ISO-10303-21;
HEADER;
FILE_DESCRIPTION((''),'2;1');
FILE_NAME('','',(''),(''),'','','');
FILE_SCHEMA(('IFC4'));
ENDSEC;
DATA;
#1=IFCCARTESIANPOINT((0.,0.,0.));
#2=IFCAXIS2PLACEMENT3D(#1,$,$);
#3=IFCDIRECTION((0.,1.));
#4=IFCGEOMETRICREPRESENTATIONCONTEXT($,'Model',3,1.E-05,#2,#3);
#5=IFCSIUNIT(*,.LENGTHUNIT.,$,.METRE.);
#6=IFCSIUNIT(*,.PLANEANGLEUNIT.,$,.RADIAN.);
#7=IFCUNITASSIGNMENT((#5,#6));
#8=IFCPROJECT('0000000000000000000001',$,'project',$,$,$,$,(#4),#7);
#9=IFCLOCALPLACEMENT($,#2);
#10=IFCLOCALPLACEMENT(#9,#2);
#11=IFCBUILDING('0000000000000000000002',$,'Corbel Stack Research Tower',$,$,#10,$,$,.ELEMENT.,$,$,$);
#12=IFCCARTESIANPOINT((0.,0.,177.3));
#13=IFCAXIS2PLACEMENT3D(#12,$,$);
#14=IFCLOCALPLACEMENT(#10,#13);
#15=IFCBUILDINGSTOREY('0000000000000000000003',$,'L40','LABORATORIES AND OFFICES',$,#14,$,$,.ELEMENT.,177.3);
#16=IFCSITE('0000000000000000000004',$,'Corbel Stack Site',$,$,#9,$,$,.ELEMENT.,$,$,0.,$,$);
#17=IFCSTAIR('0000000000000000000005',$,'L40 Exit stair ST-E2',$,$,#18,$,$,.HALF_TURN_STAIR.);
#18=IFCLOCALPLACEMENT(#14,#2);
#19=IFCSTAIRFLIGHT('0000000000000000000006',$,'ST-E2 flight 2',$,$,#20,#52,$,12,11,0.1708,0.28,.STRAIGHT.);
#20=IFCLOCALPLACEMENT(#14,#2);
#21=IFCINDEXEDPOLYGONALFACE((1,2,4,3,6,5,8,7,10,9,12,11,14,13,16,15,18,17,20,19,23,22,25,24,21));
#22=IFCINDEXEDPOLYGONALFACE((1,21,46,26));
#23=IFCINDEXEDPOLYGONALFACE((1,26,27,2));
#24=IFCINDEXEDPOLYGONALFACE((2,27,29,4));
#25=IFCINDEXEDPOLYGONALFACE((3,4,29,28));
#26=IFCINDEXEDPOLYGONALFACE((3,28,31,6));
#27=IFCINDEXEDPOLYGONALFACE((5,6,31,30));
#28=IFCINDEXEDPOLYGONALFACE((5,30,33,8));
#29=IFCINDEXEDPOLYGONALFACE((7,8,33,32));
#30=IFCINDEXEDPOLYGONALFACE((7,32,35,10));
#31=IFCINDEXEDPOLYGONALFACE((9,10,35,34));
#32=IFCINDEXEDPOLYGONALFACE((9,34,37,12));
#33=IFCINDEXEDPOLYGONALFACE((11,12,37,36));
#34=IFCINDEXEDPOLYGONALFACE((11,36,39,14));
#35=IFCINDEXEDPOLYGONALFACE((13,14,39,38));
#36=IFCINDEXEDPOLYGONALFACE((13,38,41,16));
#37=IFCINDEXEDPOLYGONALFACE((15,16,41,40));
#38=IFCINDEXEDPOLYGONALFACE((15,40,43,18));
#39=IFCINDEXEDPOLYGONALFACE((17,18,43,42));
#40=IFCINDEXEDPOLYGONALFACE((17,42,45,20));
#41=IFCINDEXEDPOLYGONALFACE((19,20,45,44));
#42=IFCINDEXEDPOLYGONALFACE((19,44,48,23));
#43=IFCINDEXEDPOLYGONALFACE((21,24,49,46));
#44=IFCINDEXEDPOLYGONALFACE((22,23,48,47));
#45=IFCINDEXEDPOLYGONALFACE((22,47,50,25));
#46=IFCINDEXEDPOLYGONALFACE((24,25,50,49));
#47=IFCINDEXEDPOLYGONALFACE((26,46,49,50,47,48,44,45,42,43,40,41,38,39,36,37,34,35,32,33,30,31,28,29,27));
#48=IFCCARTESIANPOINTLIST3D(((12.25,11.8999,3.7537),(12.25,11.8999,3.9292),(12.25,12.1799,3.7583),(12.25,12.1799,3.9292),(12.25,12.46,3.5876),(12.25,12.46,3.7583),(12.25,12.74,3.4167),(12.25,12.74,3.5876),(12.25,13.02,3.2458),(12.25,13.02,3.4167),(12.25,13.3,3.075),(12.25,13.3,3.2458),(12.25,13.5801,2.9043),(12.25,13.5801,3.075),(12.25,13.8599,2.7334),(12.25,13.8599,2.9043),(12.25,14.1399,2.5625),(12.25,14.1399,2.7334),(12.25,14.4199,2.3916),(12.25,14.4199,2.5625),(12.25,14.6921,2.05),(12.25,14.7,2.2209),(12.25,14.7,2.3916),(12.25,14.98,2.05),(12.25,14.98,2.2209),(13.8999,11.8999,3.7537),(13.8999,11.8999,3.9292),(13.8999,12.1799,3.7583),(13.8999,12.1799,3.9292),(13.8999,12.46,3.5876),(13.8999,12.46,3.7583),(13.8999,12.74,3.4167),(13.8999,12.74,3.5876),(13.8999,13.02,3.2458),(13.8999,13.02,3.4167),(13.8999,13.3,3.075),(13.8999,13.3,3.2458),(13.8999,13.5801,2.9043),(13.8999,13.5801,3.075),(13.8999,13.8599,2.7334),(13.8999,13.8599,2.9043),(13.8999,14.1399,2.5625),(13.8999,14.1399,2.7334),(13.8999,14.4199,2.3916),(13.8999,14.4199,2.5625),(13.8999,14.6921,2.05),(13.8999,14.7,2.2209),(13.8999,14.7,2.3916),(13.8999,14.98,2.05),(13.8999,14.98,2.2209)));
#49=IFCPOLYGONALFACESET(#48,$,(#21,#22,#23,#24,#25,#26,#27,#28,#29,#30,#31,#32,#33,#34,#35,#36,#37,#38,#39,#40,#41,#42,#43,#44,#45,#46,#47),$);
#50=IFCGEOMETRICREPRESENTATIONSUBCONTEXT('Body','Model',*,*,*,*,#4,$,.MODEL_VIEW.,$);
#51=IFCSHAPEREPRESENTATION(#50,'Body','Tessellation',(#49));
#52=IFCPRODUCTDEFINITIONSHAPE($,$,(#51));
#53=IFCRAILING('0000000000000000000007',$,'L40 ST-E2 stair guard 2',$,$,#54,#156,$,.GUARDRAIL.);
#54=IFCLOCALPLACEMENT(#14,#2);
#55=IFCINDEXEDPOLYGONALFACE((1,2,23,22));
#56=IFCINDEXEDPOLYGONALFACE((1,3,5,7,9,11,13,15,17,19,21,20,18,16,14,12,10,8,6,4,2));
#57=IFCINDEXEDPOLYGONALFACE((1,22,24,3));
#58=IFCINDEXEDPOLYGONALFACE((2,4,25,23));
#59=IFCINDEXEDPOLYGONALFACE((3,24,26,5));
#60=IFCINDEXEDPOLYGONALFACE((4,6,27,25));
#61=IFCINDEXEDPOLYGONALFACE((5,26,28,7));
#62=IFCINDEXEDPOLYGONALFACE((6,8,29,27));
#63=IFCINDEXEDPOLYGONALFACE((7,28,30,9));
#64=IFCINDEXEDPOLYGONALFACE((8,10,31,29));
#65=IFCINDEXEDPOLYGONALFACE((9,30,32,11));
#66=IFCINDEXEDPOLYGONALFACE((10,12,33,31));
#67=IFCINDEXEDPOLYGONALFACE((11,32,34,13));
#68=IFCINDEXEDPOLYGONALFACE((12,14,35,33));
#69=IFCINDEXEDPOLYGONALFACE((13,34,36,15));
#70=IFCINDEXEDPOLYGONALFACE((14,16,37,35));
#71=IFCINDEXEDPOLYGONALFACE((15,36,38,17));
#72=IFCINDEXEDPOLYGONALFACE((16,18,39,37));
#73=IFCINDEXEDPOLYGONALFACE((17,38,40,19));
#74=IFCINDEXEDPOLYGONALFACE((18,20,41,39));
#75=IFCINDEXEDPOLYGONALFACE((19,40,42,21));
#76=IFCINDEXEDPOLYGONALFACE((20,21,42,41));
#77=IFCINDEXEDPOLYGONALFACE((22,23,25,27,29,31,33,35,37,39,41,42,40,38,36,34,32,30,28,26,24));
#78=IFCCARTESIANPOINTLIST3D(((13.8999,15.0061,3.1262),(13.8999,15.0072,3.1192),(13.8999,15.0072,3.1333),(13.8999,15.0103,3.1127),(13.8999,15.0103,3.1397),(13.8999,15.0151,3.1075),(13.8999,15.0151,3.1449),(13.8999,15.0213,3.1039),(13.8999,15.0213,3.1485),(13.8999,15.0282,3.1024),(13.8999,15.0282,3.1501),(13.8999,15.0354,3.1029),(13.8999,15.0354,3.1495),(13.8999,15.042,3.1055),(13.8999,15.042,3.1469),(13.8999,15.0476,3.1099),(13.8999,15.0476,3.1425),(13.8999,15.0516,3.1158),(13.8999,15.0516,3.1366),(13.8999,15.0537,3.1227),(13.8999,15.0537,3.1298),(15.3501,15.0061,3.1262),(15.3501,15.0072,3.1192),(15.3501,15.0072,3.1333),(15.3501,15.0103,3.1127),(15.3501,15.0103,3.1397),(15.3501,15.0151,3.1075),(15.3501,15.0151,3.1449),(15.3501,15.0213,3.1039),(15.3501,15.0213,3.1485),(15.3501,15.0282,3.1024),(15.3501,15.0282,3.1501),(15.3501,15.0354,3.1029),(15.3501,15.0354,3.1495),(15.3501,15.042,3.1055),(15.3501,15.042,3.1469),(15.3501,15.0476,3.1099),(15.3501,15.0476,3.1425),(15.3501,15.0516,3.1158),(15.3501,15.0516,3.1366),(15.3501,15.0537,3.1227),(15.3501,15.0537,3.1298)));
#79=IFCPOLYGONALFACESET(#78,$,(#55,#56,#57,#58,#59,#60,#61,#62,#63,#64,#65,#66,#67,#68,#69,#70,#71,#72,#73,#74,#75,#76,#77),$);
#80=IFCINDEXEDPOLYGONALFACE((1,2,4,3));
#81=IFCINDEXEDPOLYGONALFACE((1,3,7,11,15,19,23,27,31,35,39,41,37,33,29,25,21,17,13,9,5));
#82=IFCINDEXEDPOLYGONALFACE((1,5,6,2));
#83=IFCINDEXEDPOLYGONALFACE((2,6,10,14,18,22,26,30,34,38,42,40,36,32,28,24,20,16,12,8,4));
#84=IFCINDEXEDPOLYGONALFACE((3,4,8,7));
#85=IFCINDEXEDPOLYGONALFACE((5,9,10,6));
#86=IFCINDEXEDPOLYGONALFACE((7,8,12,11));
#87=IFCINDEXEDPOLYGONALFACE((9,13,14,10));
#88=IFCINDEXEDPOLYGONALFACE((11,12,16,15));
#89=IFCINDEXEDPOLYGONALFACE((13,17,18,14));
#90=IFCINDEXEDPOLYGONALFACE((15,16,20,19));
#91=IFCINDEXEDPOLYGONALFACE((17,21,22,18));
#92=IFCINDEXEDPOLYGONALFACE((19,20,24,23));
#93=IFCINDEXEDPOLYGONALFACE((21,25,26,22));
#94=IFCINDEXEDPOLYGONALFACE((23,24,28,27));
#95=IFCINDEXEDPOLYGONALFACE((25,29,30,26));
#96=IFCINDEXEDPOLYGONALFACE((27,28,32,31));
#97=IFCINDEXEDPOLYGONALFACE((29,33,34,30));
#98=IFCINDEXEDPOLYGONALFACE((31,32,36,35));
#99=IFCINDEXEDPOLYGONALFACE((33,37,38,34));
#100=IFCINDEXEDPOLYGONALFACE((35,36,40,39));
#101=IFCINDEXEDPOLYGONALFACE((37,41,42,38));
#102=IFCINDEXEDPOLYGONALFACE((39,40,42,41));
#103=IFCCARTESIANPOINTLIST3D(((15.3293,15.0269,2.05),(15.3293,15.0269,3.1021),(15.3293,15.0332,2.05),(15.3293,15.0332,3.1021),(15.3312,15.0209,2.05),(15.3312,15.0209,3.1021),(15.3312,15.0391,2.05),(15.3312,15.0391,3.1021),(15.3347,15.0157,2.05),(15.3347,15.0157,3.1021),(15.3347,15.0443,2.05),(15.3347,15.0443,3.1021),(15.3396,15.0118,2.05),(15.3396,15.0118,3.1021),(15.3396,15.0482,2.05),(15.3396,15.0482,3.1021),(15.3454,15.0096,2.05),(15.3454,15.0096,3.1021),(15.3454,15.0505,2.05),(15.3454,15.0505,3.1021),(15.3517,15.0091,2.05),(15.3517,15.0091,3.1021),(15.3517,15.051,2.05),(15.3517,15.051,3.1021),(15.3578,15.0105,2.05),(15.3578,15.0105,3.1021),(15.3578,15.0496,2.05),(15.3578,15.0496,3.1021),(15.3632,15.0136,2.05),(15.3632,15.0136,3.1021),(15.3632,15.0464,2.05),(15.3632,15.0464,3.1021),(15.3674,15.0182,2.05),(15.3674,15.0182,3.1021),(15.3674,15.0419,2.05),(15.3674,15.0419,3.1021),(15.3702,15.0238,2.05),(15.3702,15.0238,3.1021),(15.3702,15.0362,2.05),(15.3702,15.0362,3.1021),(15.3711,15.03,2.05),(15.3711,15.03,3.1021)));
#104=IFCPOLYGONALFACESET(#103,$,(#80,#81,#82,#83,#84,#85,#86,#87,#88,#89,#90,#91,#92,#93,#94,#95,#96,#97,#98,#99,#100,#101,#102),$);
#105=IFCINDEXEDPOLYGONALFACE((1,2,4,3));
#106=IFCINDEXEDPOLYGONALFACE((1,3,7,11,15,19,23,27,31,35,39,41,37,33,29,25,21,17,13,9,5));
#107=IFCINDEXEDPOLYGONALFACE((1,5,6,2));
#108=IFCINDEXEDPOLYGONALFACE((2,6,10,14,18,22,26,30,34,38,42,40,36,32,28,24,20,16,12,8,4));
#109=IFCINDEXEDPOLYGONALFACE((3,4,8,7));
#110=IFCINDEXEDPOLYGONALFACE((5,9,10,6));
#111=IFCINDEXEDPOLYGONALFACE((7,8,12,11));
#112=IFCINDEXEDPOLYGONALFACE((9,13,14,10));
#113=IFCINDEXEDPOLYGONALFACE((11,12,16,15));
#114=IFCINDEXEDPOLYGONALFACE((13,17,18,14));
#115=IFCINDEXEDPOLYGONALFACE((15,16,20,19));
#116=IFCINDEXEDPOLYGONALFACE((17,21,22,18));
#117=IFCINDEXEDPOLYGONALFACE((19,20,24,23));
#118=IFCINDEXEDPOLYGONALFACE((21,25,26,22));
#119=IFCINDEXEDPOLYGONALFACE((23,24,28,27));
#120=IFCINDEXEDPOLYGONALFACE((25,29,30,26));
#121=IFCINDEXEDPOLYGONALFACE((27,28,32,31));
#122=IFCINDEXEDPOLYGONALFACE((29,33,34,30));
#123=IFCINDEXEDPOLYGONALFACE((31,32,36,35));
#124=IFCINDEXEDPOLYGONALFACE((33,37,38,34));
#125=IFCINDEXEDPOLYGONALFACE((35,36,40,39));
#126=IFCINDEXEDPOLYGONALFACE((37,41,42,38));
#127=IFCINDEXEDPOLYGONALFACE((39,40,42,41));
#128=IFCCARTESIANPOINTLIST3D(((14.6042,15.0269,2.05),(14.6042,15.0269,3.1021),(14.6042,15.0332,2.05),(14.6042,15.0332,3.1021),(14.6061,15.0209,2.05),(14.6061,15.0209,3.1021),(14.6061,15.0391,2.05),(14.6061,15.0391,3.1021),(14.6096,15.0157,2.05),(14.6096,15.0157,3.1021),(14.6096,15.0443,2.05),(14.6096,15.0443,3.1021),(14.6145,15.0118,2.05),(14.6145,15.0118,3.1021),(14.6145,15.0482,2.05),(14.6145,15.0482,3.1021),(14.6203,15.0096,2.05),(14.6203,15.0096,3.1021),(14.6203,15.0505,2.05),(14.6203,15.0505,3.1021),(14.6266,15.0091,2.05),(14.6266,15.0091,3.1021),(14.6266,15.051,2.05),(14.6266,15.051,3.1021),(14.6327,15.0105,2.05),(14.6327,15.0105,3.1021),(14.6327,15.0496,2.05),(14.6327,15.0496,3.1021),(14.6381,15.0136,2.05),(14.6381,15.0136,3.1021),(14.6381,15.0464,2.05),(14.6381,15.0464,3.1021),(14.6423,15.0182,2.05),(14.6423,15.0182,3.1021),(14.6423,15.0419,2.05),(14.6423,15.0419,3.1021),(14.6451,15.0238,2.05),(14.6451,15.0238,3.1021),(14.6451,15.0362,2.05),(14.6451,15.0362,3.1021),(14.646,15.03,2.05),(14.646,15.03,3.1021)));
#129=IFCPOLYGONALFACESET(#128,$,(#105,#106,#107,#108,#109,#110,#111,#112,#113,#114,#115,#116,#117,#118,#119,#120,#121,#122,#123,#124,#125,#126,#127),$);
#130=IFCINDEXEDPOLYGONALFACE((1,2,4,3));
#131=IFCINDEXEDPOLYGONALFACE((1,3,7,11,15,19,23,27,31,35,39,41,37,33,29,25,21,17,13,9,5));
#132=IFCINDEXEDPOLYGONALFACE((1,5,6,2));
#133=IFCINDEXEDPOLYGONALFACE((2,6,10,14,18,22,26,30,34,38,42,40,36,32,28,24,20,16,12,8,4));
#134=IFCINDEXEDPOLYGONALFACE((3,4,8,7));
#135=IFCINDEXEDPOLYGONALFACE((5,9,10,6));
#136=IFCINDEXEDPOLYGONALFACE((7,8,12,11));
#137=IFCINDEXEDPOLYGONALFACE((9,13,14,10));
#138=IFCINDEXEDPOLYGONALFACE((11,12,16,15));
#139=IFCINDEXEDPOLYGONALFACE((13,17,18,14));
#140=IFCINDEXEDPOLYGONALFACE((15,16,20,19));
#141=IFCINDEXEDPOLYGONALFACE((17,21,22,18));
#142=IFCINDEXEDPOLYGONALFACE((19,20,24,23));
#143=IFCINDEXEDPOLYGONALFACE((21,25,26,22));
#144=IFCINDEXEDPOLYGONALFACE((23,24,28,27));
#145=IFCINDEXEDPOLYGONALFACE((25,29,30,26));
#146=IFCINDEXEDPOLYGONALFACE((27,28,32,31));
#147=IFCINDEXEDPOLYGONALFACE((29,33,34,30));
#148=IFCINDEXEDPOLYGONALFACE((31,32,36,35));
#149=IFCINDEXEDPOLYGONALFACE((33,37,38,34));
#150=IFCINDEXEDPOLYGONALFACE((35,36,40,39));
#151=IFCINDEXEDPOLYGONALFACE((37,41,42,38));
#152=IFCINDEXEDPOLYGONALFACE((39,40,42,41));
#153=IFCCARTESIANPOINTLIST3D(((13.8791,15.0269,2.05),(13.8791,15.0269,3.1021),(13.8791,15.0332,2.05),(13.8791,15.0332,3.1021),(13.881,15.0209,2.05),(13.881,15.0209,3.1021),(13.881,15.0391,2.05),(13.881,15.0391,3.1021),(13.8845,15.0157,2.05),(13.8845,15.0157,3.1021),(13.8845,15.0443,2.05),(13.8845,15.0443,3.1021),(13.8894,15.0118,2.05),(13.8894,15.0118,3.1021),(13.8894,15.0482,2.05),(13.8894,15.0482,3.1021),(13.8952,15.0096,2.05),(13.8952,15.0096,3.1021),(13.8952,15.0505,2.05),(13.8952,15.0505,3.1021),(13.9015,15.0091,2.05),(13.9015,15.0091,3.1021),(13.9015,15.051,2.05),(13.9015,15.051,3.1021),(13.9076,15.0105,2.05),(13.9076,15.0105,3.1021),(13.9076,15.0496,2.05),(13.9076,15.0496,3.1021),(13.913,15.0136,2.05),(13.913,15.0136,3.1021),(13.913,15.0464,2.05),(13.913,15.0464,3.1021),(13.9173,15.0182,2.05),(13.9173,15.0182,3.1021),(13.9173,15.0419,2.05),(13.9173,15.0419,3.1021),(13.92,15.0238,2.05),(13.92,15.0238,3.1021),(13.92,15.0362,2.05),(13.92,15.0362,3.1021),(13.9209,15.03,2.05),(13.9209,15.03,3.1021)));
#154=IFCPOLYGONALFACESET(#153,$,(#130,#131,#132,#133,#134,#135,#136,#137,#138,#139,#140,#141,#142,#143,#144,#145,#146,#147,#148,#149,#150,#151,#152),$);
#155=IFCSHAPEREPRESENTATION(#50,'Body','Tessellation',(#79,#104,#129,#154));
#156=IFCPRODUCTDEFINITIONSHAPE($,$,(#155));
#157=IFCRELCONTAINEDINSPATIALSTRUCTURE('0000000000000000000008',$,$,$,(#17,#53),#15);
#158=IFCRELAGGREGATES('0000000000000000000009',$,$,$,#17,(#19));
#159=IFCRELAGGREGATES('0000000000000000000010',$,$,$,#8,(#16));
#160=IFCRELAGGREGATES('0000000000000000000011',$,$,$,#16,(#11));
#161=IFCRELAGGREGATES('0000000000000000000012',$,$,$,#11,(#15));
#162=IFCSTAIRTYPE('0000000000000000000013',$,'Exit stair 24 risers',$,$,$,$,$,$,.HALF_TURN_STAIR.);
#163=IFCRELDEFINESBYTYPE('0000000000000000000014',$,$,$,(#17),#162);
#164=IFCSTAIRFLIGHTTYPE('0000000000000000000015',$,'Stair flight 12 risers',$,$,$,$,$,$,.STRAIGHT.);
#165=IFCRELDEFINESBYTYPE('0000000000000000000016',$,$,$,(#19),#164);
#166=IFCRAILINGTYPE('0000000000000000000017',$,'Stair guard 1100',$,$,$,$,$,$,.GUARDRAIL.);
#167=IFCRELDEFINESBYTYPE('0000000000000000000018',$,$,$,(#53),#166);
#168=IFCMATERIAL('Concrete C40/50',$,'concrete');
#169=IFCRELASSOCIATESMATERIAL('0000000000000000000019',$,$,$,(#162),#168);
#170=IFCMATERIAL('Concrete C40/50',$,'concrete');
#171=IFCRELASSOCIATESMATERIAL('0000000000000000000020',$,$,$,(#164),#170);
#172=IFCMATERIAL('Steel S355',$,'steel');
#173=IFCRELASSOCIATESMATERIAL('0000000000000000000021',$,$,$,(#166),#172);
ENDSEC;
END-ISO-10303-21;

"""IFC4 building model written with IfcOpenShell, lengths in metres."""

from ifc_helpers import new_model, si_unit, direction, frame, origin, origin_2d, place, context, subcontext, project, spatial, polyline, circle, outline, extrude, material, type_object, element, aggregate, save


model = new_model("IFC4")

# Units and contexts
model_context = context("Model", 3, precision=1e-05, world=origin(), true_north=direction((0.0, 1.0)))
body_context = subcontext(model_context, "Body", "Model", "MODEL_VIEW")
ifc_project = project(units=[si_unit("LENGTHUNIT", "METRE"), si_unit("PLANEANGLEUNIT", "RADIAN")], contexts=[model_context])

# Site, building, storey
site_placement = place(None, origin())
site = spatial("IfcSite", under=ifc_project, at=site_placement, Name="Corbel Stack Site", CompositionType="ELEMENT", RefElevation=0.0)
building_placement = place(site_placement, origin())
building = spatial("IfcBuilding", under=site, at=building_placement, Name="Corbel Stack Research Tower", CompositionType="ELEMENT")
storey_placement = place(building_placement, frame((0.0, 0.0, 177.3)))
storey = spatial("IfcBuildingStorey", under=building, at=storey_placement, Name="L40", Description="LABORATORIES AND OFFICES", CompositionType="ELEMENT", Elevation=177.3)

# Stair, stair flight
ifc_material_1 = material(Name="Concrete C40/50", Category="concrete")
stair_type = type_object("IfcStairType", Name="Exit stair 24 risers", PredefinedType="HALF_TURN_STAIR", material=ifc_material_1)
stair_placement = place(storey_placement, origin())
stair = element("IfcStair", 1, at=stair_placement, inside=storey, type_object=stair_type, Name="L40 Exit stair ST-E2", PredefinedType="HALF_TURN_STAIR")
ifc_material_2 = material(Name="Concrete C40/50", Category="concrete")
stair_flight_type = type_object("IfcStairFlightType", Name="Stair flight 12 risers", PredefinedType="STRAIGHT", material=ifc_material_2)
stair_flight_placement = place(storey_placement, frame((13.075, 14.98, 2.05), z_axis=(0.0, 0.0, 1.0), x_axis=(0.0, -1.0, 0.0)))
stair_flight = element("IfcStairFlight", 2, at=stair_flight_placement, type_object=stair_flight_type, Name="ST-E2 flight 2", NumberOfRisers=12, NumberOfTreads=11, PredefinedType="STRAIGHT", RiserHeight=0.1708, TreadLength=0.28, context=body_context, shape_type="SweptSolid", body=[
    extrude(outline(polyline([(0.0, 0.0), (0.0, 0.1709), (0.28, 0.1709), (0.28, 0.3416), (0.5601, 0.3416), (0.5601, 0.5125), (0.8401, 0.5125), (0.8401, 0.6833), (1.1201, 0.6833), (1.1201, 0.8542), (1.3999, 0.8542), (1.3999, 1.0249), (1.6799, 1.0249), (1.6799, 1.1958), (1.96, 1.1958), (1.96, 1.3667), (2.24, 1.3667), (2.24, 1.5376), (2.52, 1.5376), (2.52, 1.7083), (2.8, 1.7083), (2.8, 1.8792), (3.0801, 1.8792), (3.0801, 2.05), (3.0801, 1.7036), (0.2878, 0.0), (0.0, 0.0)])), frame((0.0, 0.825, 0.0), z_axis=(0.0, -1.0, 0.0), x_axis=(1.0, 0.0, 0.0)), (0.0, 0.0, 1.0), 1.6499),
])
aggregate(stair, [stair_flight])

# Railing
ifc_material_3 = material(Name="Steel S355", Category="steel")
railing_type = type_object("IfcRailingType", Name="Stair guard 1100", PredefinedType="GUARDRAIL", material=ifc_material_3)
railing_1_placement = place(storey_placement, frame((15.3501, 15.03, 2.05)))
element("IfcRailing", 3, at=railing_1_placement, inside=storey, type_object=railing_type, Name="L40 ST-E2 stair guard 2", PredefinedType="GUARDRAIL", context=body_context, shape_type="SweptSolid", body=[
    extrude(circle(Radius=0.0239, at=origin_2d()), frame((0.0, 0.0, 1.0762), z_axis=(-1.0, 0.0, 0.0), x_axis=(0.0, -1.0, 0.0)), (0.0, 0.0, 1.0), 1.4502),
    extrude(circle(Radius=0.021, at=origin_2d()), origin(), (0.0, 0.0, 1.0), 1.052),
    extrude(circle(Radius=0.021, at=origin_2d()), frame((-0.7251, 0.0, 0.0)), (0.0, 0.0, 1.0), 1.052),
    extrude(circle(Radius=0.021, at=origin_2d()), frame((-1.4502, 0.0, 0.0)), (0.0, 0.0, 1.0), 1.052),
])

save(model, "model.ifc")
